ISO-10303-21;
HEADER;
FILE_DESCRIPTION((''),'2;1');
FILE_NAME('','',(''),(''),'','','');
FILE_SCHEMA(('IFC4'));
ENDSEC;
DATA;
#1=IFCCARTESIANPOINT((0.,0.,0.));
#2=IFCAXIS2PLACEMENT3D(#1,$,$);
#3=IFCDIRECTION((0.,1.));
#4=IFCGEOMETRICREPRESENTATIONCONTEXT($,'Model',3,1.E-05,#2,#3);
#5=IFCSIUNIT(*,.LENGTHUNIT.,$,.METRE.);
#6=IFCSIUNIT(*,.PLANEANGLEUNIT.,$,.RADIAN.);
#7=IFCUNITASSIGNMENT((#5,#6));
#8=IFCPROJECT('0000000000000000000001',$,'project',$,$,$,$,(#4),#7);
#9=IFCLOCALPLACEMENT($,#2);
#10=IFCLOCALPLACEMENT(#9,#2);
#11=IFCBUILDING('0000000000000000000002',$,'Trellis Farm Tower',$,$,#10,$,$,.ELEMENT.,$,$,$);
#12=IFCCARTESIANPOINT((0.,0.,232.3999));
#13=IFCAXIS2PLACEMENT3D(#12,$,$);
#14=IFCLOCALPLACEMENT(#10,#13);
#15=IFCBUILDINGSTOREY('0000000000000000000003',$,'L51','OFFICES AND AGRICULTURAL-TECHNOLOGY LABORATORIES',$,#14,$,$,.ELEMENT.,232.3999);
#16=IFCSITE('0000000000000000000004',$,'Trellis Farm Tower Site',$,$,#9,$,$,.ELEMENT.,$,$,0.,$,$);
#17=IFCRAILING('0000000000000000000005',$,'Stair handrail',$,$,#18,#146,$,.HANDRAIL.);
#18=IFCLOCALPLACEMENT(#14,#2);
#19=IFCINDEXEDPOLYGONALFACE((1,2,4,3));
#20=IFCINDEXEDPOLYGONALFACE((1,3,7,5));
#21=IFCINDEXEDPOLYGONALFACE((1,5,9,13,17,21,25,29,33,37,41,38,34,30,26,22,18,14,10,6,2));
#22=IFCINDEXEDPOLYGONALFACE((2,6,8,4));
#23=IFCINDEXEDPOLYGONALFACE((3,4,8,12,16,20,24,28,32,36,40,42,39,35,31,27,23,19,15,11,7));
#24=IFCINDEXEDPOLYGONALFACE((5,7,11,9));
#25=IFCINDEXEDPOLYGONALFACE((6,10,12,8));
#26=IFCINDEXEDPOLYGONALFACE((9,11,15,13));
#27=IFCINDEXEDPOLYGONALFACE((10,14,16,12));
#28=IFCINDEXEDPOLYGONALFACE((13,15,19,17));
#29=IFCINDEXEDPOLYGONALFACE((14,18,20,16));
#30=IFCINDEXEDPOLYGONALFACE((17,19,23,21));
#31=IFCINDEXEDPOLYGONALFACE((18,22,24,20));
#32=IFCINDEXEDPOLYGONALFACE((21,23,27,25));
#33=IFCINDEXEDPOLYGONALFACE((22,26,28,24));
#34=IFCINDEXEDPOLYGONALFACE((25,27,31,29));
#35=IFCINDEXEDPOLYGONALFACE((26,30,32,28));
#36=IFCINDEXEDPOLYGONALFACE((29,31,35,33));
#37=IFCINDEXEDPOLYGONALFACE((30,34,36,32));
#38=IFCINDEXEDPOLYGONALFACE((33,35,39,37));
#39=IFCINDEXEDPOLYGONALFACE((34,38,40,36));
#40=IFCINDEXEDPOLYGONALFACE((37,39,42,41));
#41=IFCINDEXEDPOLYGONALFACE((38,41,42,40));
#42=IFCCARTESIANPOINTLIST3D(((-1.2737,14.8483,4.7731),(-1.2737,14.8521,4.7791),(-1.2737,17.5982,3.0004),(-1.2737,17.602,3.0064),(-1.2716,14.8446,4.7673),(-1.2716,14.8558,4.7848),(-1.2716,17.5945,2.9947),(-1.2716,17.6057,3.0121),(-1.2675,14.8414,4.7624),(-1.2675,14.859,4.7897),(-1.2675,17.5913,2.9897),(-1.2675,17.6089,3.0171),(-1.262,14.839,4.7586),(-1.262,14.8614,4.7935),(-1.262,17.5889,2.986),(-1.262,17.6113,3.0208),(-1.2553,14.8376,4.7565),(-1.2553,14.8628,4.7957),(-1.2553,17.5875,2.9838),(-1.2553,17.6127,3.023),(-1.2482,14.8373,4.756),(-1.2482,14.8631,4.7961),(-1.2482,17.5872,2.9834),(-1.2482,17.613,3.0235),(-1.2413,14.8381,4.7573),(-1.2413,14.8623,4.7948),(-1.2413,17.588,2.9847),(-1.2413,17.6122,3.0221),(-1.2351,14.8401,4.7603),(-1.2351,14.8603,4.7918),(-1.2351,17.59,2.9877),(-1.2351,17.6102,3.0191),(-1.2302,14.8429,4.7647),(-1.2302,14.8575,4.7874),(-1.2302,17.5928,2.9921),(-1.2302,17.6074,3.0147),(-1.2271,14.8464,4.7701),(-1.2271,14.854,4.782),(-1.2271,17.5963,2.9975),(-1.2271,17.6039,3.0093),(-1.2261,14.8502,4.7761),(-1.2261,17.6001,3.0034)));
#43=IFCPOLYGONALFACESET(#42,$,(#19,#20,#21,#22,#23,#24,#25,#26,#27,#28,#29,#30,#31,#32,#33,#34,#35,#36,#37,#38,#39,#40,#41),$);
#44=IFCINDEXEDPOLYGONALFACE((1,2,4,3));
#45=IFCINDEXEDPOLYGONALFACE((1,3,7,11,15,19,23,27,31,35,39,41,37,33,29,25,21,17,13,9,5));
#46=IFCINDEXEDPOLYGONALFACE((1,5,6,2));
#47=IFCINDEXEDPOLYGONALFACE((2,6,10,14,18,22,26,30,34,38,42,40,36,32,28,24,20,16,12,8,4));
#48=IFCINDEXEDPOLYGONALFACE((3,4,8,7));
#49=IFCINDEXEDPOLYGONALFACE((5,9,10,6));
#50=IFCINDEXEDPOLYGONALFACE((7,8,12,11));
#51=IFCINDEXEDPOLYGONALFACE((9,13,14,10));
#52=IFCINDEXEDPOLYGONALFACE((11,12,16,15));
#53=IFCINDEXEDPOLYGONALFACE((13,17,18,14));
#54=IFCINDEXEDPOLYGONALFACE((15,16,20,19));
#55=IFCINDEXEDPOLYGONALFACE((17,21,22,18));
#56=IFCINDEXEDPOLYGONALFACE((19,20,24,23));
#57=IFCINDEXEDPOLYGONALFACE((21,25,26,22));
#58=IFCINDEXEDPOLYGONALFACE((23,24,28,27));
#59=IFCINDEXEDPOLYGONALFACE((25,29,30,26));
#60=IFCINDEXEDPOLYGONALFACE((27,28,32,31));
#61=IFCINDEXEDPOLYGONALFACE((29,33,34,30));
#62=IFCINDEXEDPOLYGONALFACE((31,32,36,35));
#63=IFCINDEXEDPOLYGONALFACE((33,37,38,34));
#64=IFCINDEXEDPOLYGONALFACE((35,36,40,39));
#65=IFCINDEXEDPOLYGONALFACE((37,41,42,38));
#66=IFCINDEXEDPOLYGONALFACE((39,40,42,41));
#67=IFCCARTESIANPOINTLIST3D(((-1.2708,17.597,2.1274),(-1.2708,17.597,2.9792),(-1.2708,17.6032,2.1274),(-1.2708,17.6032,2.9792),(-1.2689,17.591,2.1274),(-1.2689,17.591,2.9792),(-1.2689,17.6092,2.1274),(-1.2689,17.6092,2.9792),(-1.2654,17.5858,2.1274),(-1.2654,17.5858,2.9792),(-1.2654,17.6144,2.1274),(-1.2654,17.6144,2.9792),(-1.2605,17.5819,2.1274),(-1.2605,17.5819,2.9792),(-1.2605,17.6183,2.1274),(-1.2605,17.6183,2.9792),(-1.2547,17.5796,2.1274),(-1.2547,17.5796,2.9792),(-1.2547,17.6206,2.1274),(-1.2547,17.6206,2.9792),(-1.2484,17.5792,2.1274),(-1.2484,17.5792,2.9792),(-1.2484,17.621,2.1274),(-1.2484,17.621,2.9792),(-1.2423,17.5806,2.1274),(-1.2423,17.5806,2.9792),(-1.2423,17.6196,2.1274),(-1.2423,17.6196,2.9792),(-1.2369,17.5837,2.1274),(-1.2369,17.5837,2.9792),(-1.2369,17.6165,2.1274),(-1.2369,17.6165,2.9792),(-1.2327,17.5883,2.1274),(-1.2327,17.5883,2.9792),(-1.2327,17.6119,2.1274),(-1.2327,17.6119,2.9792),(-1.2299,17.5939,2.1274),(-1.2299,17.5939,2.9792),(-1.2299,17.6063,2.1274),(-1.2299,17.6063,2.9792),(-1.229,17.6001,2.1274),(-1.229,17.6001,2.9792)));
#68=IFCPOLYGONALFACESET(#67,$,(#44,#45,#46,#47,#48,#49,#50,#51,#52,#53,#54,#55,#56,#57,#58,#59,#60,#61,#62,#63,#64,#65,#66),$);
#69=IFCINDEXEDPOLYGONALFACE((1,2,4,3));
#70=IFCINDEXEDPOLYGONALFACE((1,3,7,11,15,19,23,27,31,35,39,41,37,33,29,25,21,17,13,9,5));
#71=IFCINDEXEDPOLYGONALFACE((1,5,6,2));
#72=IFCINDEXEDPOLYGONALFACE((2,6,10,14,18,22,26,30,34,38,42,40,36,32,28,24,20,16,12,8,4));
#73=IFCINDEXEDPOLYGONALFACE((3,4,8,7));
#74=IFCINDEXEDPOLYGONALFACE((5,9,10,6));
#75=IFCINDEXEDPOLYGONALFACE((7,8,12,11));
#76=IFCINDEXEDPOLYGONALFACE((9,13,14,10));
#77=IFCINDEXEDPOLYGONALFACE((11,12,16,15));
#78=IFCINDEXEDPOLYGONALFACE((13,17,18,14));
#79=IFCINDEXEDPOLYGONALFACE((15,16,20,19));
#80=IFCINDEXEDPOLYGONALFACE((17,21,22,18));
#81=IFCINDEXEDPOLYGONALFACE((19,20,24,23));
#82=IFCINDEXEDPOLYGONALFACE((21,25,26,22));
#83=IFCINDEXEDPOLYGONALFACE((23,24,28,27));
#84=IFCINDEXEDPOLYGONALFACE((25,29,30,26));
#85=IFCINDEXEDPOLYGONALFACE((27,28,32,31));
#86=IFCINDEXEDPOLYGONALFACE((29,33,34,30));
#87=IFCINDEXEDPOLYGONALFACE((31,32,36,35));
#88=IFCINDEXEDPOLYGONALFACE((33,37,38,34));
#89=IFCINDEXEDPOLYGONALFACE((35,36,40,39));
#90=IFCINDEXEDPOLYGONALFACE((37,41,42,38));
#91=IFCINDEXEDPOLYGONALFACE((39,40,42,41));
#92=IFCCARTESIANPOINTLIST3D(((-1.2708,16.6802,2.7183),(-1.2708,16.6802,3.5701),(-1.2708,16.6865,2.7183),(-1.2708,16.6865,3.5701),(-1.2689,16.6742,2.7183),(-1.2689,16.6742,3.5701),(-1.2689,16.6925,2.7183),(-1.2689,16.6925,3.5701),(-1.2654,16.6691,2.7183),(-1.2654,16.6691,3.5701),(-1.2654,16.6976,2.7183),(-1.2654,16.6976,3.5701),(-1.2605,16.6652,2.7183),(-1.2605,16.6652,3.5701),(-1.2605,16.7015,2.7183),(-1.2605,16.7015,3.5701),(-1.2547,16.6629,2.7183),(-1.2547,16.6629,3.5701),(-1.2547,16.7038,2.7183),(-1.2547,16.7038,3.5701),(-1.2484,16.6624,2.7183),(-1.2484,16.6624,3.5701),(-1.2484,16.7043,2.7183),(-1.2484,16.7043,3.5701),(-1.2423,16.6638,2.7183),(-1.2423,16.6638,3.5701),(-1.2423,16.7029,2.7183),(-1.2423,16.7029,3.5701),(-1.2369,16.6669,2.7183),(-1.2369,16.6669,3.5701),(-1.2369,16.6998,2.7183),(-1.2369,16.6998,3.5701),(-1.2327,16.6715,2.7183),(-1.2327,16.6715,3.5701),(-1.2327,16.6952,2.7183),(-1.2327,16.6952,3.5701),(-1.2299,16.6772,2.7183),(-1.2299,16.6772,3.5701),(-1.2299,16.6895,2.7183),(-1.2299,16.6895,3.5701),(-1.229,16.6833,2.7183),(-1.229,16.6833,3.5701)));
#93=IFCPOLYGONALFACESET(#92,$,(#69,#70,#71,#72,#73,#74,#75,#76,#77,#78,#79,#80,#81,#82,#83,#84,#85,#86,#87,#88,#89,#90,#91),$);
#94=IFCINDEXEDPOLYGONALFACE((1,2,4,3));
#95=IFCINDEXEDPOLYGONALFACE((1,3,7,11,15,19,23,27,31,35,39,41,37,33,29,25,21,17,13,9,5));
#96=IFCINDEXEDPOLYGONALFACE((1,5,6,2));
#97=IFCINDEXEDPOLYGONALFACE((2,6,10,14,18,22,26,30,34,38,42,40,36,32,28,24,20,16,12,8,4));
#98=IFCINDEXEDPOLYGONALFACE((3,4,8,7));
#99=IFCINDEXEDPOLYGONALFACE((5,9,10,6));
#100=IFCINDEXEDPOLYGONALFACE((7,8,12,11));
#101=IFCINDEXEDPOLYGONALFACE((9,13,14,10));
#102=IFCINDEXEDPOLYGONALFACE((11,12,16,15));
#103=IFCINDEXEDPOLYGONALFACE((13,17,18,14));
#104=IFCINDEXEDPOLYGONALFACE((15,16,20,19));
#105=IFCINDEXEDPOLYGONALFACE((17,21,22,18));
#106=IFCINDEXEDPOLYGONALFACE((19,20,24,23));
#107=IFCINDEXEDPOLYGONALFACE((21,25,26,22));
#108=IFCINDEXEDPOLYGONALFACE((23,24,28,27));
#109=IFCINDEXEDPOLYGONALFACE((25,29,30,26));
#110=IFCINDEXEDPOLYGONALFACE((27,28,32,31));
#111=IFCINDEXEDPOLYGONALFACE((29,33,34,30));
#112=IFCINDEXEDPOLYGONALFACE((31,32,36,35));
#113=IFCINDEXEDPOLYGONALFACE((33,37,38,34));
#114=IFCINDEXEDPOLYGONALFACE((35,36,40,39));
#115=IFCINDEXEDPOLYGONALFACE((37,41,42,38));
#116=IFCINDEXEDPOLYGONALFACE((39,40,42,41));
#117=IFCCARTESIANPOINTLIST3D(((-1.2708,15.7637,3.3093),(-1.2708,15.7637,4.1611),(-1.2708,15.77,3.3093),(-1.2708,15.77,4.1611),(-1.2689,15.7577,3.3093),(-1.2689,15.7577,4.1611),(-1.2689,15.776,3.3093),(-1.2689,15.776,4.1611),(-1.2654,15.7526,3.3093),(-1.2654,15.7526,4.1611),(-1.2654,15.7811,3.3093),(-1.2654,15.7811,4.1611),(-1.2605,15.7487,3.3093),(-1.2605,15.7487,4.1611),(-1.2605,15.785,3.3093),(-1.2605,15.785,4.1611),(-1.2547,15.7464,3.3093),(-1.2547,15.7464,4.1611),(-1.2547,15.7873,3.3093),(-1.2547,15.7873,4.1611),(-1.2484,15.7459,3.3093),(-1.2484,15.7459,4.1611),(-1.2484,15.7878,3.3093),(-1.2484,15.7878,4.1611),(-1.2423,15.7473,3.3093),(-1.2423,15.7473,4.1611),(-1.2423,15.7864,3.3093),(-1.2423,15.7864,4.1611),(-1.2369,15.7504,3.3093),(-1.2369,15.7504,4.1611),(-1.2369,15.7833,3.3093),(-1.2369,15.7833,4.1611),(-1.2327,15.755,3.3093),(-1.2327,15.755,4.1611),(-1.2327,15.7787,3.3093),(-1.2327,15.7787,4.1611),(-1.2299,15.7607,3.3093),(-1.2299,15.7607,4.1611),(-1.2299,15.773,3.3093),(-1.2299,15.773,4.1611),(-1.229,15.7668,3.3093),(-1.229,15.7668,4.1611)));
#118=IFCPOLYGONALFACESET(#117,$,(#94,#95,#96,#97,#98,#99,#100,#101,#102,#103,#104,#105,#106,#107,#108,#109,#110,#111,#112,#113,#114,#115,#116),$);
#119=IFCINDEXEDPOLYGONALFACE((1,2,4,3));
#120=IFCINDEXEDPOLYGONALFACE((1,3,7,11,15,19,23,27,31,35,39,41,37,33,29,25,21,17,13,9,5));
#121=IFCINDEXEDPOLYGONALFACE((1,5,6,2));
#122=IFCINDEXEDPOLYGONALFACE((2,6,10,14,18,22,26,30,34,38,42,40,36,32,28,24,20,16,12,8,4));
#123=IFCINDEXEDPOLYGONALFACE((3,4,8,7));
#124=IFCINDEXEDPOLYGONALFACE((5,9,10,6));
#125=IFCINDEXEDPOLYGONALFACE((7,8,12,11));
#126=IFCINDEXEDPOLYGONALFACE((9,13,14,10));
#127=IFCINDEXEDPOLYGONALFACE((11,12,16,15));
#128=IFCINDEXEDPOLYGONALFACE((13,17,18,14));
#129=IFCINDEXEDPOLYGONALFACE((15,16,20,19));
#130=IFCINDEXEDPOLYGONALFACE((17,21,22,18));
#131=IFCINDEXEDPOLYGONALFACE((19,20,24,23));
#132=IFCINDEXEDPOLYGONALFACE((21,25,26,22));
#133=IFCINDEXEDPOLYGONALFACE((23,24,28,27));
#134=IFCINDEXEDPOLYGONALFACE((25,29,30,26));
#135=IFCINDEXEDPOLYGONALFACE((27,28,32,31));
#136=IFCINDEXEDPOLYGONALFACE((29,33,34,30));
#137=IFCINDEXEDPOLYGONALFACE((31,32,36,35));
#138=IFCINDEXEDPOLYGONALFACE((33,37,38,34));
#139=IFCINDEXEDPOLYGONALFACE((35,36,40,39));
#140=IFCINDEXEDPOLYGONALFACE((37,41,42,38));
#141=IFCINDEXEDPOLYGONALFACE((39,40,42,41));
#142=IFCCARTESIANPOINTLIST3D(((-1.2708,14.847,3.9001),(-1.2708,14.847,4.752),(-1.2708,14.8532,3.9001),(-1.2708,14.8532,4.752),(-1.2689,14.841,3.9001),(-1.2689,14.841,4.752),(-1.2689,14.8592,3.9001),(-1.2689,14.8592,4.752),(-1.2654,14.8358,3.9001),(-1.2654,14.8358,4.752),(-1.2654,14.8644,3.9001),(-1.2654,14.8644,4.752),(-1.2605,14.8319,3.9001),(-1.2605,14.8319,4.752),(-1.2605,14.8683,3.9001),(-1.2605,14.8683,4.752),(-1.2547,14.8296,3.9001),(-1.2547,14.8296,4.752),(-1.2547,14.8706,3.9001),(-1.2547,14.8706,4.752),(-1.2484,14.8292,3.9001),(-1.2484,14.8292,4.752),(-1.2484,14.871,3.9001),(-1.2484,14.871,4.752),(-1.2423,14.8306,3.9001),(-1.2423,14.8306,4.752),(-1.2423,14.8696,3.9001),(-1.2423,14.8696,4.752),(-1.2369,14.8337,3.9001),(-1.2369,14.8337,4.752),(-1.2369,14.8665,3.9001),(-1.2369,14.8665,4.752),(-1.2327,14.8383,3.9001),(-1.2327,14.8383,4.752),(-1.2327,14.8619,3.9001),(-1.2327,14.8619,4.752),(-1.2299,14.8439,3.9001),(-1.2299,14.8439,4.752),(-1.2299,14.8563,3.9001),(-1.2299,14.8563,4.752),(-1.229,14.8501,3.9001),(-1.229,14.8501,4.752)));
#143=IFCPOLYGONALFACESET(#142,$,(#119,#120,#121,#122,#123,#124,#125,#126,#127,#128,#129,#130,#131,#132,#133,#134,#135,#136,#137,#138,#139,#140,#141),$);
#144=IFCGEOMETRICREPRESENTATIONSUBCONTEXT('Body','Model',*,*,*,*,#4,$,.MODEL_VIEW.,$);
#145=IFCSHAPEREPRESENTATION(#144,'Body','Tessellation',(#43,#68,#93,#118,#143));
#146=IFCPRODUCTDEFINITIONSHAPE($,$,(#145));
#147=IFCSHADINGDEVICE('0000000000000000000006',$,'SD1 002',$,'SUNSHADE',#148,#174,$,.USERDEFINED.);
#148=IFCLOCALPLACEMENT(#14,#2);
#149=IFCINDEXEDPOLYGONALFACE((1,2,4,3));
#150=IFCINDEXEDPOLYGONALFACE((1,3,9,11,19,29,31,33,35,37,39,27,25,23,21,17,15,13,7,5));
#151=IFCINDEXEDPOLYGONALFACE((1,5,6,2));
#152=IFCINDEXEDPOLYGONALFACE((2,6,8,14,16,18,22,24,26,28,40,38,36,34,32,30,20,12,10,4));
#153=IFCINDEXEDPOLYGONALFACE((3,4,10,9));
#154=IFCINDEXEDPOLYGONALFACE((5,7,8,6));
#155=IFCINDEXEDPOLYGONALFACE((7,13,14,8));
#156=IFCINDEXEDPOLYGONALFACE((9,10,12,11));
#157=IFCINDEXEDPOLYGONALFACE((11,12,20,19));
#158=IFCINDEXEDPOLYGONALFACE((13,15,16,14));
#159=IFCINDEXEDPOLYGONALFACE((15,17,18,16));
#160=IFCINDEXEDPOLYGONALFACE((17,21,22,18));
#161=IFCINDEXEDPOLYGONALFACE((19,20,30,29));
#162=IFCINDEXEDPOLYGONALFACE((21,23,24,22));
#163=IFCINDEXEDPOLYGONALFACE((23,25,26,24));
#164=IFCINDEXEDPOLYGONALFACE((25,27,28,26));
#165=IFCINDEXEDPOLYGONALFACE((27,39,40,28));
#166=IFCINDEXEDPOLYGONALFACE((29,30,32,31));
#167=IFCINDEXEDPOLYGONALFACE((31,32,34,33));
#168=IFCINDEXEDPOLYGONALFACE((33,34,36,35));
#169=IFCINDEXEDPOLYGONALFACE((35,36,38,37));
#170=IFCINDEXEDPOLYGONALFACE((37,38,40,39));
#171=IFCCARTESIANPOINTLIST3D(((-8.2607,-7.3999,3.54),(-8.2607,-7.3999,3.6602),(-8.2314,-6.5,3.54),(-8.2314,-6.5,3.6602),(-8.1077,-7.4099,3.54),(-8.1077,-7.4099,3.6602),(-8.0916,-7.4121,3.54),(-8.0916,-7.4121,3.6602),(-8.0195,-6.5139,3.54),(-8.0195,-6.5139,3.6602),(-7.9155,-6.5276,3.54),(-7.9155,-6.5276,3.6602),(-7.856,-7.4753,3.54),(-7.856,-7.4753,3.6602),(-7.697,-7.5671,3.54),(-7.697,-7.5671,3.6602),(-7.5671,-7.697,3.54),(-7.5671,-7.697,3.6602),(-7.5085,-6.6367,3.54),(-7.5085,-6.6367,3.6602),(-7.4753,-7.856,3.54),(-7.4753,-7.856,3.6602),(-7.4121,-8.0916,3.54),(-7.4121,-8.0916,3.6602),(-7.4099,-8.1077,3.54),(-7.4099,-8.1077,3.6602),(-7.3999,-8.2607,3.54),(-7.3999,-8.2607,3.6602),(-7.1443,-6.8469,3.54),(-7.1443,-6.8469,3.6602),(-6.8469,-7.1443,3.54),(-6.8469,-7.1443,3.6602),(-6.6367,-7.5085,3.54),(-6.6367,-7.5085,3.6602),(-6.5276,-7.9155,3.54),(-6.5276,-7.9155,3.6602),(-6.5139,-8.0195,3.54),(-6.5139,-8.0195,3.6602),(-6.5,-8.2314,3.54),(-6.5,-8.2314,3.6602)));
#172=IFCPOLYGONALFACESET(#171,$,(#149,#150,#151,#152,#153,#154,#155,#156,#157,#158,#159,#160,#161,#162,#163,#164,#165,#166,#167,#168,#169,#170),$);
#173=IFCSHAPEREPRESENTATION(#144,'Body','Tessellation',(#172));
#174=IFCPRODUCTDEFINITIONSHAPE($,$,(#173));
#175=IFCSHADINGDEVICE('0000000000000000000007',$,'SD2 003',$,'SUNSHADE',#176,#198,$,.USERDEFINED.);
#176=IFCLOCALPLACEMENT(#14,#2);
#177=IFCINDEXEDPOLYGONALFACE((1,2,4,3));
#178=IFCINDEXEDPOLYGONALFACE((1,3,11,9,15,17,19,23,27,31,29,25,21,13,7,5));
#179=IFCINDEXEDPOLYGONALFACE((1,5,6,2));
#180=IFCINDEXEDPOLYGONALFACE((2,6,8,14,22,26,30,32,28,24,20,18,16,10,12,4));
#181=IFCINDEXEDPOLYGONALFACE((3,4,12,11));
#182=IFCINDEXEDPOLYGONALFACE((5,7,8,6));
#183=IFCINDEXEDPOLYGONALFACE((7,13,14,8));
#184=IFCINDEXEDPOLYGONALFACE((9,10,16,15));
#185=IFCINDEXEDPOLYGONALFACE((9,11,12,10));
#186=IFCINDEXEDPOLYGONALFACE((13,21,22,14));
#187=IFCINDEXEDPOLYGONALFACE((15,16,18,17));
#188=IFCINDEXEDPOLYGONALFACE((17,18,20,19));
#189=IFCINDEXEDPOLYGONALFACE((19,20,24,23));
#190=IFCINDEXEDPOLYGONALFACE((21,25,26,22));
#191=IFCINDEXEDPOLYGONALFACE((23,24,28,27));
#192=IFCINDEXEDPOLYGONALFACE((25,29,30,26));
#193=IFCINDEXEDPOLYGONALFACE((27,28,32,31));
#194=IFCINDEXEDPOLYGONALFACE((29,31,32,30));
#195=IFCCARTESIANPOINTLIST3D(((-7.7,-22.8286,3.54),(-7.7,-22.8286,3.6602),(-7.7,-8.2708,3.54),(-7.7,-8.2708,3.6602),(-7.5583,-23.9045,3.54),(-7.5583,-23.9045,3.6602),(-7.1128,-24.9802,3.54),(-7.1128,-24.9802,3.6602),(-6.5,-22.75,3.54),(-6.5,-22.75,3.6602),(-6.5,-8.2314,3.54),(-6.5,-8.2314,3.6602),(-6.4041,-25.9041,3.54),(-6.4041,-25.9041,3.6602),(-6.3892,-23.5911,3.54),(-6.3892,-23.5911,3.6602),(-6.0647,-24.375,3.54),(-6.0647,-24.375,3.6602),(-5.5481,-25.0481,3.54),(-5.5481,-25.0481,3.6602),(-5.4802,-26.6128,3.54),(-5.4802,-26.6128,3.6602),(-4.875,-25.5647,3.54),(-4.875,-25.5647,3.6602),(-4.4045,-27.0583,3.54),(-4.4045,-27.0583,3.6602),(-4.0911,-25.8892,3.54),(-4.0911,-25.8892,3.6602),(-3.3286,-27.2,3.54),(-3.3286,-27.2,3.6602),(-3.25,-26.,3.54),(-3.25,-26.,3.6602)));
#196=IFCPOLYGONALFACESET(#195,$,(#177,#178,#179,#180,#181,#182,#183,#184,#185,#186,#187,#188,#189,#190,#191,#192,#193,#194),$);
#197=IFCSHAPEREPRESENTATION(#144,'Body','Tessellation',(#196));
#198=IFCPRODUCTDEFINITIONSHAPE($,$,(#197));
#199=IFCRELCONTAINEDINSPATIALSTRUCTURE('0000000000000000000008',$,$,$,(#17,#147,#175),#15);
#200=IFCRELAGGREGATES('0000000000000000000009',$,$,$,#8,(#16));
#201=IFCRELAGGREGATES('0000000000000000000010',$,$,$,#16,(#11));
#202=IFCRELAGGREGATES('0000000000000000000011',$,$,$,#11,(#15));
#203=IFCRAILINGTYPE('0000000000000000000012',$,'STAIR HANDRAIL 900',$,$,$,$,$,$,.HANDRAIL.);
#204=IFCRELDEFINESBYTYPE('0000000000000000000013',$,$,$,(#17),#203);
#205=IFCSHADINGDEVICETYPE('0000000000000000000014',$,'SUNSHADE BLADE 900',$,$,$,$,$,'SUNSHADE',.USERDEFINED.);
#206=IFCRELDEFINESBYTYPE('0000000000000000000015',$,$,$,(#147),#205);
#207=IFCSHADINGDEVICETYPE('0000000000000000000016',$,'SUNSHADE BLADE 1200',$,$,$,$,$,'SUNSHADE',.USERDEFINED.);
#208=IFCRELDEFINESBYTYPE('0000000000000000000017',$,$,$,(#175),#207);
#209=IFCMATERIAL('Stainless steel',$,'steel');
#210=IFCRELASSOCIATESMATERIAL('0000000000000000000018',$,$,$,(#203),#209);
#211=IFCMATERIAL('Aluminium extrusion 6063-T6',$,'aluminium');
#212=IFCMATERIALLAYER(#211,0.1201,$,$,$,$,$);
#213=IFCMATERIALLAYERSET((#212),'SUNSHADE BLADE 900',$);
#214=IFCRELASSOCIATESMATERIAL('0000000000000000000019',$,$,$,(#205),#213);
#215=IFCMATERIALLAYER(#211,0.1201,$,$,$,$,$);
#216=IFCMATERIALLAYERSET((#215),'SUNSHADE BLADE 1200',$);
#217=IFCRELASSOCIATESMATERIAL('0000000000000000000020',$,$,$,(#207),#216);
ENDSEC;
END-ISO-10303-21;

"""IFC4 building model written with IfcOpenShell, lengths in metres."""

from ifc_helpers import new_model, si_unit, direction, frame, origin, origin_2d, place, context, subcontext, project, spatial, polyline, circle, outline, extrude, source, transform, mapped, material, layer, layer_set, type_object, element, save


model = new_model("IFC4")

# Units and contexts
model_context = context("Model", 3, precision=1e-05, world=origin(), true_north=direction((0.0, 1.0)))
body_context = subcontext(model_context, "Body", "Model", "MODEL_VIEW")
ifc_project = project(units=[si_unit("LENGTHUNIT", "METRE"), si_unit("PLANEANGLEUNIT", "RADIAN")], contexts=[model_context])

# Site, building, storey
site_placement = place(None, origin())
site = spatial("IfcSite", under=ifc_project, at=site_placement, Name="Trellis Farm Tower Site", CompositionType="ELEMENT", RefElevation=0.0)
building_placement = place(site_placement, origin())
building = spatial("IfcBuilding", under=site, at=building_placement, Name="Trellis Farm Tower", CompositionType="ELEMENT")
storey_placement = place(building_placement, frame((0.0, 0.0, 232.3999)))
storey = spatial("IfcBuildingStorey", under=building, at=storey_placement, Name="L51", Description="OFFICES AND AGRICULTURAL-TECHNOLOGY LABORATORIES", CompositionType="ELEMENT", Elevation=232.3999)

# Shared definitions
ifc_material_1 = material(Name="Aluminium extrusion 6063-T6", Category="aluminium")

# Railing
ifc_material_2 = material(Name="Stainless steel", Category="steel")
railing_type = type_object("IfcRailingType", Name="STAIR HANDRAIL 900", PredefinedType="HANDRAIL", material=ifc_material_2)
shared_shape_1 = source(origin(), body_context, "Body", "SweptSolid", [
    extrude(circle(Radius=0.0239, at=origin_2d()), frame((0.0, 0.0, 0.876), z_axis=(0.0, -0.840504, 0.541806), x_axis=(1.0, 0.0, 0.0)), (0.0, 0.0, 1.0), 3.2717),
    extrude(circle(Radius=0.021, at=origin_2d()), origin(), (0.0, 0.0, 1.0), 0.8518),
    extrude(circle(Radius=0.021, at=origin_2d()), frame((0.0, -0.9167, 0.5908)), (0.0, 0.0, 1.0), 0.8518),
    extrude(circle(Radius=0.021, at=origin_2d()), frame((0.0, -1.8333, 1.1819)), (0.0, 0.0, 1.0), 0.8518),
    extrude(circle(Radius=0.021, at=origin_2d()), frame((0.0, -2.75, 1.7727)), (0.0, 0.0, 1.0), 0.8518),
])
railing_placement = place(storey_placement, frame((-1.25, 17.6001, 2.1274)))
element("IfcRailing", 1, at=railing_placement, inside=storey, type_object=railing_type, Name="Stair handrail", PredefinedType="HANDRAIL", context=body_context, shape_type="MappedRepresentation", body=[
    mapped(shared_shape_1, transform((0.0, 0.0, 0.0))),
])

# Shading devices
ifc_layer_1 = layer(ifc_material_1, 0.1201)
ifc_layer_set_1 = layer_set([ifc_layer_1], Name="SUNSHADE BLADE 900")
shading_device_type_1 = type_object("IfcShadingDeviceType", Name="SUNSHADE BLADE 900", ElementType="SUNSHADE", PredefinedType="USERDEFINED", material=ifc_layer_set_1)
shared_shape_2 = source(origin(), body_context, "Body", "SweptSolid", [
    extrude(outline(polyline([(-8.2607, -7.3999), (-8.1077, -7.4099), (-8.0916, -7.4121), (-7.856, -7.4753), (-7.697, -7.5671), (-7.5671, -7.697), (-7.4753, -7.856), (-7.4121, -8.0916), (-7.4099, -8.1077), (-7.3999, -8.2607), (-6.5, -8.2314), (-6.5139, -8.0195), (-6.5276, -7.9155), (-6.6367, -7.5085), (-6.8469, -7.1443), (-7.1443, -6.8469), (-7.5085, -6.6367), (-7.9155, -6.5276), (-8.0195, -6.5139), (-8.2314, -6.5), (-8.2607, -7.3999)])), origin(), (0.0, 0.0, 1.0), 0.1201),
])
placement_1 = place(storey_placement, frame((0.0, 0.0, 3.54)))
element("IfcShadingDevice", 2, at=placement_1, inside=storey, type_object=shading_device_type_1, Name="SD1 002", ObjectType="SUNSHADE", PredefinedType="USERDEFINED", context=body_context, shape_type="MappedRepresentation", body=[
    mapped(shared_shape_2, transform((0.0, 0.0, 0.0))),
])
ifc_layer_2 = layer(ifc_material_1, 0.1201)
ifc_layer_set_2 = layer_set([ifc_layer_2], Name="SUNSHADE BLADE 1200")
shading_device_type_2 = type_object("IfcShadingDeviceType", Name="SUNSHADE BLADE 1200", ElementType="SUNSHADE", PredefinedType="USERDEFINED", material=ifc_layer_set_2)
shared_shape_3 = source(origin(), body_context, "Body", "SweptSolid", [
    extrude(outline(polyline([(-7.7, -8.2708), (-7.7, -22.8286), (-7.5583, -23.9045), (-7.1128, -24.9802), (-6.4041, -25.9041), (-5.4802, -26.6128), (-4.4045, -27.0583), (-3.3286, -27.2), (-3.25, -26.0), (-4.0911, -25.8892), (-4.875, -25.5647), (-5.5481, -25.0481), (-6.0647, -24.375), (-6.3892, -23.5911), (-6.5, -22.75), (-6.5, -8.2314), (-7.7, -8.2708)])), origin(), (0.0, 0.0, 1.0), 0.1201),
])
element("IfcShadingDevice", 3, at=placement_1, inside=storey, type_object=shading_device_type_2, Name="SD2 003", ObjectType="SUNSHADE", PredefinedType="USERDEFINED", context=body_context, shape_type="MappedRepresentation", body=[
    mapped(shared_shape_3, transform((0.0, 0.0, 0.0))),
])

save(model, "model.ifc")
